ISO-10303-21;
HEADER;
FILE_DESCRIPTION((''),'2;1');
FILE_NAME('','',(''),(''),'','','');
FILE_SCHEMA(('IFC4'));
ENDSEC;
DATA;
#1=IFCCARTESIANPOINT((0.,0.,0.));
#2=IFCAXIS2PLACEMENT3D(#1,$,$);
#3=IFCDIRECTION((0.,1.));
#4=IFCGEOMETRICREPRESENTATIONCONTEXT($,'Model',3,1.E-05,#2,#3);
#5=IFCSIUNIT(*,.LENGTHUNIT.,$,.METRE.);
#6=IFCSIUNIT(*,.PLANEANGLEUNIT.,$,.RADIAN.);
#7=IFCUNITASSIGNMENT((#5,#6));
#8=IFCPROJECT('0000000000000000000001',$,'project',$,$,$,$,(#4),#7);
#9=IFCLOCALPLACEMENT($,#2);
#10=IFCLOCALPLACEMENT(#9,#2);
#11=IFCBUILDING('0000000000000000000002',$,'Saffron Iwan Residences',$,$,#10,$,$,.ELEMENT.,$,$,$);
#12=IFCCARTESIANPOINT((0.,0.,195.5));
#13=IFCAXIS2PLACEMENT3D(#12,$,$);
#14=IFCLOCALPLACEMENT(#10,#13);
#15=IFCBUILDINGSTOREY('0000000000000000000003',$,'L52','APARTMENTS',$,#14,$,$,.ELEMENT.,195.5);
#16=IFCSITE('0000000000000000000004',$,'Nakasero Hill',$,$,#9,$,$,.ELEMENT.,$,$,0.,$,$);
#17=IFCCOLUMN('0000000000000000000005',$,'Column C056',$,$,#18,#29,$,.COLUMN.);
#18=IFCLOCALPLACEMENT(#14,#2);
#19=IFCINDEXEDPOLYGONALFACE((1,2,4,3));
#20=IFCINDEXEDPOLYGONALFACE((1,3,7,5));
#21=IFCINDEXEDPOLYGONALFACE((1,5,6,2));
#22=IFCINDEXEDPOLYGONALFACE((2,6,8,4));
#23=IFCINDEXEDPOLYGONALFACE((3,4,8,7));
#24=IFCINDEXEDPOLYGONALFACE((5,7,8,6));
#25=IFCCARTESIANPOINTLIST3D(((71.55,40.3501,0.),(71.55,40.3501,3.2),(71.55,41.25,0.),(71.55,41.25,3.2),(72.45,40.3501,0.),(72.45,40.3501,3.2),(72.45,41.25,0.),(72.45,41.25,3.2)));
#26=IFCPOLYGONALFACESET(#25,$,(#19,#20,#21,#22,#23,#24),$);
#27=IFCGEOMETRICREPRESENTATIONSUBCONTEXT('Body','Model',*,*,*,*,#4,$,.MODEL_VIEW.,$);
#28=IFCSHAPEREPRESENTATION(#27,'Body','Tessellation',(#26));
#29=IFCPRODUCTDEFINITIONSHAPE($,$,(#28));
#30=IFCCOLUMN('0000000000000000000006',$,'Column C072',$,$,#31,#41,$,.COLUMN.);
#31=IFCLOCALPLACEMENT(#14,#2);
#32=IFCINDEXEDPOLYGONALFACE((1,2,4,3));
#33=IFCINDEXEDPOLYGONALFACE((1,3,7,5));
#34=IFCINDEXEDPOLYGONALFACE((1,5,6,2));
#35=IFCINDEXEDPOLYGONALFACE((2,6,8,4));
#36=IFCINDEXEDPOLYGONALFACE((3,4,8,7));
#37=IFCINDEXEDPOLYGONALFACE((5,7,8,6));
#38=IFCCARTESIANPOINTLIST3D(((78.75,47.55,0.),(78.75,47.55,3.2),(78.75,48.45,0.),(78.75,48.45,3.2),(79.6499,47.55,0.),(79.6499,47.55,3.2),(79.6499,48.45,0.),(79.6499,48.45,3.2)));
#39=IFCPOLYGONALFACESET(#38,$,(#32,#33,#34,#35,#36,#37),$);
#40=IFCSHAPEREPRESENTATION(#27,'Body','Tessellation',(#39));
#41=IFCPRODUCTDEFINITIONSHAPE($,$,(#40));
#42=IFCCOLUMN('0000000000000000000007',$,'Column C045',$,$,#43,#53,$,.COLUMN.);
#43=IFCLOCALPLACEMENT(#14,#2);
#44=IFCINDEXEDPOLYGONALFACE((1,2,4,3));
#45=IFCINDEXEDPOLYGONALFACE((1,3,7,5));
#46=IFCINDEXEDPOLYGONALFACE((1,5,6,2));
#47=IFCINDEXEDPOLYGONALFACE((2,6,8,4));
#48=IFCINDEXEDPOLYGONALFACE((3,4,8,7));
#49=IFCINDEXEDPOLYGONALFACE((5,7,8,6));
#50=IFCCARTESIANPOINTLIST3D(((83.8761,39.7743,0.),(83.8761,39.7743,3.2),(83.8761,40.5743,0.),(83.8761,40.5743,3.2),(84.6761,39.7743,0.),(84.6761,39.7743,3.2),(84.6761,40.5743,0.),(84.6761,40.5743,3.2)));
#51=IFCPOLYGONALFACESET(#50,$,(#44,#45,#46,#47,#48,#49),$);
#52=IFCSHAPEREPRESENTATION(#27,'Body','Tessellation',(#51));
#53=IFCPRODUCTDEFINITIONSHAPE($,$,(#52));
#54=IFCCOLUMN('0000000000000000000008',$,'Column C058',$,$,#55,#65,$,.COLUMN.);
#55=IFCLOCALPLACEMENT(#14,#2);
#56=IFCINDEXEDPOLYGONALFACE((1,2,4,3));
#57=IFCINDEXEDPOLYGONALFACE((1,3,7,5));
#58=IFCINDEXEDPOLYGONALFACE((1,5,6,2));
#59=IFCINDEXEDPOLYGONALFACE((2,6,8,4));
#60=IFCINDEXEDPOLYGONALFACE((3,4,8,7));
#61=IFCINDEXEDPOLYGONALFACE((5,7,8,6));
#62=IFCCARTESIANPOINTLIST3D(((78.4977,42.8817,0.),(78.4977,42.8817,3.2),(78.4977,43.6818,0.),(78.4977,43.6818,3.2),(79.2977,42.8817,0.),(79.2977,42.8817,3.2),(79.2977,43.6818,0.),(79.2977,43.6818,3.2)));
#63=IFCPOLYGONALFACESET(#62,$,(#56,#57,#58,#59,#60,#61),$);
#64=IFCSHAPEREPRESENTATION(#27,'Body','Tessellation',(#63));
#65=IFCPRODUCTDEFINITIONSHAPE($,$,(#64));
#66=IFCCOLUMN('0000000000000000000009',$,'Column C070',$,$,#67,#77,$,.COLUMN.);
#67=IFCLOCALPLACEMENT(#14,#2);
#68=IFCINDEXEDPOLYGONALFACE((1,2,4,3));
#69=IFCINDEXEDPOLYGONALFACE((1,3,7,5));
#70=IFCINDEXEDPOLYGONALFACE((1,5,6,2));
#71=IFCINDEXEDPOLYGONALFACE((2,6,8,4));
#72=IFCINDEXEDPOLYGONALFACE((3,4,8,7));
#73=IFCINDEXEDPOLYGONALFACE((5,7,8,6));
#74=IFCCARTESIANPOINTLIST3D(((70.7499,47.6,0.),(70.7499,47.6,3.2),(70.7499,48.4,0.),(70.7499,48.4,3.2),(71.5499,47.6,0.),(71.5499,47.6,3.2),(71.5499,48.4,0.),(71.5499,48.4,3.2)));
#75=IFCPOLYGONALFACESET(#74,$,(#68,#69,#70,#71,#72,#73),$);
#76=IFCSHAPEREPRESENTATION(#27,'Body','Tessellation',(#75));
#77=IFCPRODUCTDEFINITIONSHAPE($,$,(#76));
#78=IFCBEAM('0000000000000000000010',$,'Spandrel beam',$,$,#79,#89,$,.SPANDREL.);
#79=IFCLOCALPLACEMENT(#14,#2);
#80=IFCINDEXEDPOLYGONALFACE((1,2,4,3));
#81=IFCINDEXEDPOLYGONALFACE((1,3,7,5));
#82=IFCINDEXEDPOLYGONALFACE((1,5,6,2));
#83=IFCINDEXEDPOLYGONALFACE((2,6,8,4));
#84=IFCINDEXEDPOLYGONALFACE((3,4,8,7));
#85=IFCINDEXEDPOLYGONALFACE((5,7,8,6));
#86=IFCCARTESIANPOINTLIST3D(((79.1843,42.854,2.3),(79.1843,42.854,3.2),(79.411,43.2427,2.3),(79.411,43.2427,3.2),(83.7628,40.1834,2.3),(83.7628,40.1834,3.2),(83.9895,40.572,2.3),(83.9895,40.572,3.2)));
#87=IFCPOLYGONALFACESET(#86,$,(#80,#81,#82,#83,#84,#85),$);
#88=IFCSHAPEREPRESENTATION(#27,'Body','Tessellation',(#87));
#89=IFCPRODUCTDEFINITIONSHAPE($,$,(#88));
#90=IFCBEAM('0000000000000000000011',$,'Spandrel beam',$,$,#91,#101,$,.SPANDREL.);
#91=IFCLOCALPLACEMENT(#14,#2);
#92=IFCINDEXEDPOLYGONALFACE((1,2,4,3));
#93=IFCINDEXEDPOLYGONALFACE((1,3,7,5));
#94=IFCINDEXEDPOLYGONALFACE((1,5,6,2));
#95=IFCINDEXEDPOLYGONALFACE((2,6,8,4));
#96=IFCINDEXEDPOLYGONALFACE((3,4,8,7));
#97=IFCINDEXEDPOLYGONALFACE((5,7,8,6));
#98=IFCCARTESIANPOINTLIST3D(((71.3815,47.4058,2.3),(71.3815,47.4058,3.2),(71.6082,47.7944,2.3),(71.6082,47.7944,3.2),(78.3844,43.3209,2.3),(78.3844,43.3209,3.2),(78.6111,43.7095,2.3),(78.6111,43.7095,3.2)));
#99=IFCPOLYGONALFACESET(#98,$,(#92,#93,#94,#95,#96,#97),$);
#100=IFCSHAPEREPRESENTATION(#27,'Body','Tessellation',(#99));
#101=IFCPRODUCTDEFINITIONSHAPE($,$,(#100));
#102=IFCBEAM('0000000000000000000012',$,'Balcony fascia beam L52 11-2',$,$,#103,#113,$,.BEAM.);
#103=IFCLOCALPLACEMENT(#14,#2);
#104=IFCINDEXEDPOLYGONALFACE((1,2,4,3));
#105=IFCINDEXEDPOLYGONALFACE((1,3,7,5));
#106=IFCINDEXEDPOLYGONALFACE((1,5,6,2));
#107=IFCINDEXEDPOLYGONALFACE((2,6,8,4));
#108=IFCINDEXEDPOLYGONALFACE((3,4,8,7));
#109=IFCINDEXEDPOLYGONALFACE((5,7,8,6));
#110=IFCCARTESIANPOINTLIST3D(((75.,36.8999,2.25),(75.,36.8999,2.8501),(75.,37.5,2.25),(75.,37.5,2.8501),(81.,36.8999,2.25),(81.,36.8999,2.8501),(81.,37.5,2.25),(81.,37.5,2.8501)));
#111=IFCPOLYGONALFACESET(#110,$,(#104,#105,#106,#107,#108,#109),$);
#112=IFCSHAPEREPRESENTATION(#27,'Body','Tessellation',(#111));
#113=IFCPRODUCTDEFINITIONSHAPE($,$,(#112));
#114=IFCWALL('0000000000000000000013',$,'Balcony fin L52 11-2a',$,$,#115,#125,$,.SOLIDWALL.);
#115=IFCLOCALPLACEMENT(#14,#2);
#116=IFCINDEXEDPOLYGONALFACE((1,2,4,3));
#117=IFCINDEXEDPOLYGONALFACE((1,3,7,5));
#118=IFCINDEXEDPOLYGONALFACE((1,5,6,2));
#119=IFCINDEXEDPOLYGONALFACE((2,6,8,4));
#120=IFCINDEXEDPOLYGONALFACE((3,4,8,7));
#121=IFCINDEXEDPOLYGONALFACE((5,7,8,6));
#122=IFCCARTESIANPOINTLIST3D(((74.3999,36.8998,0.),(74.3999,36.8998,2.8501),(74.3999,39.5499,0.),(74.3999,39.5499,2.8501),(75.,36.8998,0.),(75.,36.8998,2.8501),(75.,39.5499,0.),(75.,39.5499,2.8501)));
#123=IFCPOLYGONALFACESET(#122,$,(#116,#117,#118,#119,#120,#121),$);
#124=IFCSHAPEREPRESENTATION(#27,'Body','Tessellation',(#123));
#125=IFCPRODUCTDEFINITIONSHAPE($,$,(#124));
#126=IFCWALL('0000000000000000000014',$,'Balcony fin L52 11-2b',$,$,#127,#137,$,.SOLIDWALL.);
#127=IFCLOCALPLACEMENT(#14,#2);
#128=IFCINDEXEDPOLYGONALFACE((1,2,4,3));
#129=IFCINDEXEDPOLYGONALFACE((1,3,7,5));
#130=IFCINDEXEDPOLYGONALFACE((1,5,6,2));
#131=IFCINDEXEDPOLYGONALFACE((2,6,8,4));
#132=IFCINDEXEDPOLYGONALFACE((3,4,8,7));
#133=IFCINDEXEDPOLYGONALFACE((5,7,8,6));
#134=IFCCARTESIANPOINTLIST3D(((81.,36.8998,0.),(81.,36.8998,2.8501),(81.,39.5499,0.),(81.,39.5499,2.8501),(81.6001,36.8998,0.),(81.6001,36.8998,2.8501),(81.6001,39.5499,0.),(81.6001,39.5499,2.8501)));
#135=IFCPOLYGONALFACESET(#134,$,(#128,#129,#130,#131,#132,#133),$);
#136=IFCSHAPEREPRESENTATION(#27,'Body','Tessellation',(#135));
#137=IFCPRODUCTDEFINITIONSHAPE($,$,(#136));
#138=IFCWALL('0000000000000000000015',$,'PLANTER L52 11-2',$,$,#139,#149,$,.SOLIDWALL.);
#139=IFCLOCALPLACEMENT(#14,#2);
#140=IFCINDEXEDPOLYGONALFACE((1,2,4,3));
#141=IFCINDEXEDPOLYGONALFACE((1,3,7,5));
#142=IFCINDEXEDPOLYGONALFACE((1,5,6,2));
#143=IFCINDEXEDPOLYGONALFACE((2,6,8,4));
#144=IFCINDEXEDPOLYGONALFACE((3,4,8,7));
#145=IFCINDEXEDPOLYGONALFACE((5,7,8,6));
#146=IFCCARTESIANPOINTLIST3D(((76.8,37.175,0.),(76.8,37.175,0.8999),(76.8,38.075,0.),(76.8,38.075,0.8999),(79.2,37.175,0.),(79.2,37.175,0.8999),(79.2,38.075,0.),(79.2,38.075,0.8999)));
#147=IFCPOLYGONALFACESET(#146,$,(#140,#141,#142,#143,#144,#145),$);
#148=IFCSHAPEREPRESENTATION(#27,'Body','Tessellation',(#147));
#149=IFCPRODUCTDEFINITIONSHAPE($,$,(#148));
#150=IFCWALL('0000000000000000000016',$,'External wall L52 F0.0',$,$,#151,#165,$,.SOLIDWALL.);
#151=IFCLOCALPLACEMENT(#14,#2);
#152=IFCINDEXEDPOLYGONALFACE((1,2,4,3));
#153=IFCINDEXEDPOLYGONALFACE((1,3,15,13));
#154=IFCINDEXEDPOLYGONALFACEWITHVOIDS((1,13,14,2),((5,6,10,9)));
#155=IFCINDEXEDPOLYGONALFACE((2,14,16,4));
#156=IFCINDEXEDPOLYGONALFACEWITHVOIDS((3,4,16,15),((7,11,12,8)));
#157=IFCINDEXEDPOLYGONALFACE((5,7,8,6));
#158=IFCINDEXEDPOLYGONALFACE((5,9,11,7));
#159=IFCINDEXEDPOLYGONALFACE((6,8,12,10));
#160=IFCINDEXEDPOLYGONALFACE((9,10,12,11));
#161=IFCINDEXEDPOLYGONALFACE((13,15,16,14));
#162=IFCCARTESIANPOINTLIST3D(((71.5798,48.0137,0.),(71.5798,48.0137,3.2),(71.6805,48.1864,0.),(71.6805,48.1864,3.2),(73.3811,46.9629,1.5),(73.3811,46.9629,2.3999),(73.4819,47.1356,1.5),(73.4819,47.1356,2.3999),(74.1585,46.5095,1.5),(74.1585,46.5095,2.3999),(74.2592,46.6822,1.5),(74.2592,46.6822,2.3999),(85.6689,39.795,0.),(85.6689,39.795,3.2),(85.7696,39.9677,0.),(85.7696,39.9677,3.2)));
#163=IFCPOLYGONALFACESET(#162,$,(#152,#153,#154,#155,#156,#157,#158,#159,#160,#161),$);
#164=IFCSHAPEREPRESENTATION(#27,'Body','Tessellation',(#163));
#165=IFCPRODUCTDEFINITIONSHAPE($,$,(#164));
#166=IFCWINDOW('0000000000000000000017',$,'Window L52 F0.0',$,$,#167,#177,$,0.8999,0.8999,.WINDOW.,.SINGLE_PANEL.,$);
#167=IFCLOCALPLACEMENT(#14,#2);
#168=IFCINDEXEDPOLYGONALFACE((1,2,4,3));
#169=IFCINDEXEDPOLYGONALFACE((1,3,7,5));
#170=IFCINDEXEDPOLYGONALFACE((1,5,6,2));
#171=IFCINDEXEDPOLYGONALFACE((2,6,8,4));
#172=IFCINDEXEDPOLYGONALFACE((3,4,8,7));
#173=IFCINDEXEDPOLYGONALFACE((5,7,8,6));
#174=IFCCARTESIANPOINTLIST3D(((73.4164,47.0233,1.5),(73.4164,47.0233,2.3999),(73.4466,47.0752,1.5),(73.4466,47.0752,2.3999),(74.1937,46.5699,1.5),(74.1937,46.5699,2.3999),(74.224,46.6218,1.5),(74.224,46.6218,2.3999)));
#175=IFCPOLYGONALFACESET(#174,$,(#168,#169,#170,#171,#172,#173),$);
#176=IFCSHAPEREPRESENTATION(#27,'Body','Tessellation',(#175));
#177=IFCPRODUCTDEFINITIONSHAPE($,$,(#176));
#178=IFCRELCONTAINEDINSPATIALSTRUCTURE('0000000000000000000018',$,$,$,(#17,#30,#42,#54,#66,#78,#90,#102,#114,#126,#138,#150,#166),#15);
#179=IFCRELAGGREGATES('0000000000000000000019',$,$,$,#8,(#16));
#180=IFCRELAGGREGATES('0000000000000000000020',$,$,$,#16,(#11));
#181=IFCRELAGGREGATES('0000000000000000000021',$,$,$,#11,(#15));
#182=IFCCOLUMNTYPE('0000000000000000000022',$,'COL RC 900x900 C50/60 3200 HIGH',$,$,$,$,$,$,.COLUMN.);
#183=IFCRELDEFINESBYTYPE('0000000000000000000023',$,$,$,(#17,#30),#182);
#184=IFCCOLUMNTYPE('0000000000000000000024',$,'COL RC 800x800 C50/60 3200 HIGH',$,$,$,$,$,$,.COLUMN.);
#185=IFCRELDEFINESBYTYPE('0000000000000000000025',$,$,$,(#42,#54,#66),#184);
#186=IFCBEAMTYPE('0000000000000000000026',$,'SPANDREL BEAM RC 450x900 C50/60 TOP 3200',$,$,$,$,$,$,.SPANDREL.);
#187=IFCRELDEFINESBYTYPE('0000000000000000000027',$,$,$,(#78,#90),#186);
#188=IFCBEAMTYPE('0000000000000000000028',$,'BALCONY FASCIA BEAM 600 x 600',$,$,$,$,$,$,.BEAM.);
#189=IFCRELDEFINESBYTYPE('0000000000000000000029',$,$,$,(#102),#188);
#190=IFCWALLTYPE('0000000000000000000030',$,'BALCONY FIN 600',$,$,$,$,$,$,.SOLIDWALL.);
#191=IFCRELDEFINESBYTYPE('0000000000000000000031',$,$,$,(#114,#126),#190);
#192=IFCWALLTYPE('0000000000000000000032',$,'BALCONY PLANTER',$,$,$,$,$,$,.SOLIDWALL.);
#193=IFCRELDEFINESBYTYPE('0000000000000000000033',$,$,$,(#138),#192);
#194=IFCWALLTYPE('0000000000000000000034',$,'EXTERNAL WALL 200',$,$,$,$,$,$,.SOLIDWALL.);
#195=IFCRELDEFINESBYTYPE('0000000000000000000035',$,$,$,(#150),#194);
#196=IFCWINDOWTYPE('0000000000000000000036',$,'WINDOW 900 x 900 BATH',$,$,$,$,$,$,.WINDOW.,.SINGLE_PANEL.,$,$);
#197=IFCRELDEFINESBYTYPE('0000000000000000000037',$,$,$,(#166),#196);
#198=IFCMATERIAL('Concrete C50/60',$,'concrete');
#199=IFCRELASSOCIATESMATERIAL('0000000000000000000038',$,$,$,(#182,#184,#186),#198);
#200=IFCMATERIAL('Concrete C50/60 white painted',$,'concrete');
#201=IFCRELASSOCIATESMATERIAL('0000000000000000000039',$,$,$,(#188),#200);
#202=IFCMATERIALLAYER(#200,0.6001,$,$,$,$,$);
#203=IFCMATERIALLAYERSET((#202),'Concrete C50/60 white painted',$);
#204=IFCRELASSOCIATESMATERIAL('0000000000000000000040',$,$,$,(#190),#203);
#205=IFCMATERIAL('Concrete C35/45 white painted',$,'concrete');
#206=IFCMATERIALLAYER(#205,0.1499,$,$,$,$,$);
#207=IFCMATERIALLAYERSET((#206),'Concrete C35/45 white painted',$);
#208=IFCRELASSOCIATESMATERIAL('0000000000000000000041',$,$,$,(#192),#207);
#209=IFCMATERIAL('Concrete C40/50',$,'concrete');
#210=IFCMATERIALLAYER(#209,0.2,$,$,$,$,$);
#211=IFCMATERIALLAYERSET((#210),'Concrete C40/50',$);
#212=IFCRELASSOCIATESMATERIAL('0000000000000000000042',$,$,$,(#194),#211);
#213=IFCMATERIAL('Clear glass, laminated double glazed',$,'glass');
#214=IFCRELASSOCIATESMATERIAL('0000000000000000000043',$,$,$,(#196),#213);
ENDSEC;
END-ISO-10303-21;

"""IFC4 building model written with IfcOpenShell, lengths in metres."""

from ifc_helpers import new_model, si_unit, direction, frame, frame_2d, origin, origin_2d, place, context, subcontext, project, spatial, rectangle, extrude, source, transform, mapped, material, layer, layer_set, material_profile, profile_set, type_object, element, fill, save


model = new_model("IFC4")

# Units and contexts
model_context = context("Model", 3, precision=1e-05, world=origin(), true_north=direction((0.0, 1.0)))
body_context = subcontext(model_context, "Body", "Model", "MODEL_VIEW")
ifc_project = project(units=[si_unit("LENGTHUNIT", "METRE"), si_unit("PLANEANGLEUNIT", "RADIAN")], contexts=[model_context])

# Site, building, storey
site_placement = place(None, origin())
site = spatial("IfcSite", under=ifc_project, at=site_placement, Name="Nakasero Hill", CompositionType="ELEMENT", RefElevation=0.0)
building_placement = place(site_placement, origin())
building = spatial("IfcBuilding", under=site, at=building_placement, Name="Saffron Iwan Residences", CompositionType="ELEMENT")
storey_placement = place(building_placement, frame((0.0, 0.0, 195.5)))
storey = spatial("IfcBuildingStorey", under=building, at=storey_placement, Name="L52", Description="APARTMENTS", CompositionType="ELEMENT", Elevation=195.5)

# Columns
ifc_material_1 = material(Name="Concrete C50/60", Category="concrete")
ifc_material_profile_1 = material_profile(ifc_material_1, rectangle(XDim=0.8999, YDim=0.8999, at=origin_2d()), Name="RC 900x900")
ifc_profile_set_1 = profile_set([ifc_material_profile_1], Name="Concrete C50/60")
column_type_1 = type_object("IfcColumnType", Name="COL RC 900x900 C50/60 3200 HIGH", PredefinedType="COLUMN", material=ifc_profile_set_1)
shared_shape_1 = source(origin(), body_context, "Body", "SweptSolid", [
    extrude(rectangle(XDim=0.8999, YDim=0.8999, at=origin_2d()), origin(), (0.0, 0.0, 1.0), 3.2),
])
for number, where, z_axis, x_axis, name in (
    (1, (72.0, 40.8, 0.0), (0.0, 0.0, 1.0), (1.0, 0.0, 0.0), "Column C056"),
    (2, (79.2, 48.0, 0.0), (0.0, 0.0, 1.0), (1.0, 0.0, 0.0), "Column C072"),
):
    element("IfcColumn", number, at=place(storey_placement, frame(where, z_axis=z_axis, x_axis=x_axis)), inside=storey, type_object=column_type_1, Name=name, PredefinedType="COLUMN", context=body_context, shape_type="MappedRepresentation", body=[
        mapped(shared_shape_1, transform((0.0, 0.0, 0.0))),
    ])
ifc_material_profile_2 = material_profile(ifc_material_1, rectangle(XDim=0.8, YDim=0.8, at=origin_2d()), Name="RC 800x800")
ifc_profile_set_2 = profile_set([ifc_material_profile_2], Name="Concrete C50/60")
column_type_2 = type_object("IfcColumnType", Name="COL RC 800x800 C50/60 3200 HIGH", PredefinedType="COLUMN", material=ifc_profile_set_2)
shared_shape_2 = source(origin(), body_context, "Body", "SweptSolid", [
    extrude(rectangle(XDim=0.8, YDim=0.8, at=origin_2d()), origin(), (0.0, 0.0, 1.0), 3.2),
])
for number, where, z_axis, x_axis, name in (
    (3, (84.2761, 40.1743, 0.0), (0.0, 0.0, 1.0), (1.0, 0.0, 0.0), "Column C045"),
    (4, (78.8977, 43.2817, 0.0), (0.0, 0.0, 1.0), (1.0, 0.0, 0.0), "Column C058"),
    (5, (71.1499, 48.0, 0.0), (0.0, 0.0, 1.0), (1.0, 0.0, 0.0), "Column C070"),
):
    element("IfcColumn", number, at=place(storey_placement, frame(where, z_axis=z_axis, x_axis=x_axis)), inside=storey, type_object=column_type_2, Name=name, PredefinedType="COLUMN", context=body_context, shape_type="MappedRepresentation", body=[
        mapped(shared_shape_2, transform((0.0, 0.0, 0.0))),
    ])

# Beams
ifc_material_profile_3 = material_profile(ifc_material_1, rectangle(XDim=0.45, YDim=0.8999, at=origin_2d()), Name="RC 450x900")
ifc_profile_set_3 = profile_set([ifc_material_profile_3], Name="Concrete C50/60")
beam_type_1 = type_object("IfcBeamType", Name="SPANDREL BEAM RC 450x900 C50/60 TOP 3200", PredefinedType="SPANDREL", material=ifc_profile_set_3)
shared_shape_3 = source(origin(), body_context, "Body", "SweptSolid", [
    extrude(rectangle(XDim=0.45, YDim=0.8999, at=origin_2d()), origin(), (0.0, 0.0, 1.0), 5.3005),
])
beam_1_placement = place(storey_placement, frame((79.2976, 43.0483, 2.75), z_axis=(0.863796, -0.503842, 0.0), x_axis=(0.503842, 0.863796, 0.0)))
element("IfcBeam", 6, at=beam_1_placement, inside=storey, type_object=beam_type_1, Name="Spandrel beam", PredefinedType="SPANDREL", context=body_context, shape_type="MappedRepresentation", body=[
    mapped(shared_shape_3, transform((0.0, 0.0, 0.0))),
])
shared_shape_4 = source(origin(), body_context, "Body", "SweptSolid", [
    extrude(rectangle(XDim=0.45, YDim=0.8999, at=origin_2d()), origin(), (0.0, 0.0, 1.0), 8.1072),
])
beam_2_placement = place(storey_placement, frame((71.4949, 47.6001, 2.75), z_axis=(0.863783, -0.503864, 0.0), x_axis=(0.503864, 0.863783, 0.0)))
element("IfcBeam", 7, at=beam_2_placement, inside=storey, type_object=beam_type_1, Name="Spandrel beam", PredefinedType="SPANDREL", context=body_context, shape_type="MappedRepresentation", body=[
    mapped(shared_shape_4, transform((0.0, 0.0, 0.0))),
])
ifc_material_2 = material(Name="Concrete C50/60 white painted", Category="concrete")
ifc_material_profile_4 = material_profile(ifc_material_2, rectangle(XDim=0.6001, YDim=0.6001, at=origin_2d()), Name="BALCONY FASCIA BEAM 600 x 600")
ifc_profile_set_4 = profile_set([ifc_material_profile_4], Name="Concrete C50/60 white painted")
beam_type_2 = type_object("IfcBeamType", Name="BALCONY FASCIA BEAM 600 x 600", PredefinedType="BEAM", material=ifc_profile_set_4)
shared_shape_5 = source(origin(), body_context, "Body", "SweptSolid", [
    extrude(rectangle(XDim=0.6001, YDim=0.6001, at=origin_2d()), origin(), (0.0, 0.0, 1.0), 6.0),
])
beam_3_placement = place(storey_placement, frame((75.0, 37.2, 2.55), z_axis=(1.0, 0.0, 0.0), x_axis=(0.0, 1.0, 0.0)))
element("IfcBeam", 8, at=beam_3_placement, inside=storey, type_object=beam_type_2, Name="Balcony fascia beam L52 11-2", PredefinedType="BEAM", context=body_context, shape_type="MappedRepresentation", body=[
    mapped(shared_shape_5, transform((0.0, 0.0, 0.0))),
])

# Walls
ifc_layer_1 = layer(ifc_material_2, 0.6001)
ifc_layer_set_1 = layer_set([ifc_layer_1], Name="Concrete C50/60 white painted")
wall_type_1 = type_object("IfcWallType", Name="BALCONY FIN 600", PredefinedType="SOLIDWALL", material=ifc_layer_set_1)
for number, where, z_axis, x_axis, name in (
    (9, (74.7, 39.55, 0.0), (0.0, 0.0, 1.0), (0.0, -1.0, 0.0), "Balcony fin L52 11-2a"),
    (10, (81.3, 39.55, 0.0), (0.0, 0.0, 1.0), (0.0, -1.0, 0.0), "Balcony fin L52 11-2b"),
):
    element("IfcWall", number, at=place(storey_placement, frame(where, z_axis=z_axis, x_axis=x_axis)), inside=storey, type_object=wall_type_1, Name=name, PredefinedType="SOLIDWALL", context=body_context, shape_type="SweptSolid", body=[
        extrude(rectangle(XDim=2.6501, YDim=0.6001, at=frame_2d((1.3252, 0.0))), origin(), (0.0, 0.0, 1.0), 2.8501),
    ])
ifc_material_3 = material(Name="Concrete C35/45 white painted", Category="concrete")
ifc_layer_2 = layer(ifc_material_3, 0.1499)
ifc_layer_set_2 = layer_set([ifc_layer_2], Name="Concrete C35/45 white painted")
wall_type_2 = type_object("IfcWallType", Name="BALCONY PLANTER", PredefinedType="SOLIDWALL", material=ifc_layer_set_2)
wall_1_placement = place(storey_placement, frame((76.8, 37.625, 0.0), z_axis=(0.0, 0.0, 1.0), x_axis=(1.0, 0.0, 0.0)))
element("IfcWall", 11, at=wall_1_placement, inside=storey, type_object=wall_type_2, Name="PLANTER L52 11-2", PredefinedType="SOLIDWALL", context=body_context, shape_type="SweptSolid", body=[
    extrude(rectangle(XDim=2.3999, YDim=0.8999, at=frame_2d((1.2, 0.0))), origin(), (0.0, 0.0, 1.0), 0.8999),
])

# Wall, opening, window
ifc_material_4 = material(Name="Concrete C40/50", Category="concrete")
ifc_layer_3 = layer(ifc_material_4, 0.2)
ifc_layer_set_3 = layer_set([ifc_layer_3], Name="Concrete C40/50")
wall_type_3 = type_object("IfcWallType", Name="EXTERNAL WALL 200", PredefinedType="SOLIDWALL", material=ifc_layer_set_3)
wall_2_placement = place(storey_placement, frame((85.7192, 39.8813, 0.0), z_axis=(0.0, 0.0, 1.0), x_axis=(-0.863776, 0.503876, 0.0)))
wall_2 = element("IfcWall", 12, at=wall_2_placement, inside=storey, type_object=wall_type_3, Name="External wall L52 F0.0", PredefinedType="SOLIDWALL", context=body_context, shape_type="SweptSolid", body=[
    extrude(rectangle(XDim=16.311, YDim=0.2, at=frame_2d((8.1555, 0.0))), origin(), (0.0, 0.0, 1.0), 3.2),
])
opening_1_placement = place(wall_2_placement, frame((13.3257, 0.0, 1.5)))
opening_1 = element("IfcOpeningElement", 13, at=opening_1_placement, cuts=wall_2, PredefinedType="OPENING", context=body_context, shape_type="SweptSolid", body=[
    extrude(rectangle(XDim=0.8999, YDim=0.8999, at=frame_2d((0.45, 0.45))), frame((0.0, 0.1099, 0.0), z_axis=(0.0, -1.0, 0.0), x_axis=(1.0, 0.0, 0.0)), (0.0, 0.0, 1.0), 0.22),
])
ifc_material_5 = material(Name="Clear glass, laminated double glazed", Category="glass")
window_type = type_object("IfcWindowType", Name="WINDOW 900 x 900 BATH", PartitioningType="SINGLE_PANEL", PredefinedType="WINDOW", material=ifc_material_5)
window_placement = place(opening_1_placement, origin())
window = element("IfcWindow", 14, at=window_placement, inside=storey, type_object=window_type, Name="Window L52 F0.0", OverallHeight=0.8999, OverallWidth=0.8999, PartitioningType="SINGLE_PANEL", PredefinedType="WINDOW", context=body_context, shape_type="SweptSolid", body=[
    extrude(rectangle(XDim=0.8999, YDim=0.8999, at=frame_2d((0.45, 0.45))), frame((0.0, 0.03, 0.0), z_axis=(0.0, -1.0, 0.0), x_axis=(1.0, 0.0, 0.0)), (0.0, 0.0, 1.0), 0.0601),
])
fill(opening_1, window)

save(model, "model.ifc")
